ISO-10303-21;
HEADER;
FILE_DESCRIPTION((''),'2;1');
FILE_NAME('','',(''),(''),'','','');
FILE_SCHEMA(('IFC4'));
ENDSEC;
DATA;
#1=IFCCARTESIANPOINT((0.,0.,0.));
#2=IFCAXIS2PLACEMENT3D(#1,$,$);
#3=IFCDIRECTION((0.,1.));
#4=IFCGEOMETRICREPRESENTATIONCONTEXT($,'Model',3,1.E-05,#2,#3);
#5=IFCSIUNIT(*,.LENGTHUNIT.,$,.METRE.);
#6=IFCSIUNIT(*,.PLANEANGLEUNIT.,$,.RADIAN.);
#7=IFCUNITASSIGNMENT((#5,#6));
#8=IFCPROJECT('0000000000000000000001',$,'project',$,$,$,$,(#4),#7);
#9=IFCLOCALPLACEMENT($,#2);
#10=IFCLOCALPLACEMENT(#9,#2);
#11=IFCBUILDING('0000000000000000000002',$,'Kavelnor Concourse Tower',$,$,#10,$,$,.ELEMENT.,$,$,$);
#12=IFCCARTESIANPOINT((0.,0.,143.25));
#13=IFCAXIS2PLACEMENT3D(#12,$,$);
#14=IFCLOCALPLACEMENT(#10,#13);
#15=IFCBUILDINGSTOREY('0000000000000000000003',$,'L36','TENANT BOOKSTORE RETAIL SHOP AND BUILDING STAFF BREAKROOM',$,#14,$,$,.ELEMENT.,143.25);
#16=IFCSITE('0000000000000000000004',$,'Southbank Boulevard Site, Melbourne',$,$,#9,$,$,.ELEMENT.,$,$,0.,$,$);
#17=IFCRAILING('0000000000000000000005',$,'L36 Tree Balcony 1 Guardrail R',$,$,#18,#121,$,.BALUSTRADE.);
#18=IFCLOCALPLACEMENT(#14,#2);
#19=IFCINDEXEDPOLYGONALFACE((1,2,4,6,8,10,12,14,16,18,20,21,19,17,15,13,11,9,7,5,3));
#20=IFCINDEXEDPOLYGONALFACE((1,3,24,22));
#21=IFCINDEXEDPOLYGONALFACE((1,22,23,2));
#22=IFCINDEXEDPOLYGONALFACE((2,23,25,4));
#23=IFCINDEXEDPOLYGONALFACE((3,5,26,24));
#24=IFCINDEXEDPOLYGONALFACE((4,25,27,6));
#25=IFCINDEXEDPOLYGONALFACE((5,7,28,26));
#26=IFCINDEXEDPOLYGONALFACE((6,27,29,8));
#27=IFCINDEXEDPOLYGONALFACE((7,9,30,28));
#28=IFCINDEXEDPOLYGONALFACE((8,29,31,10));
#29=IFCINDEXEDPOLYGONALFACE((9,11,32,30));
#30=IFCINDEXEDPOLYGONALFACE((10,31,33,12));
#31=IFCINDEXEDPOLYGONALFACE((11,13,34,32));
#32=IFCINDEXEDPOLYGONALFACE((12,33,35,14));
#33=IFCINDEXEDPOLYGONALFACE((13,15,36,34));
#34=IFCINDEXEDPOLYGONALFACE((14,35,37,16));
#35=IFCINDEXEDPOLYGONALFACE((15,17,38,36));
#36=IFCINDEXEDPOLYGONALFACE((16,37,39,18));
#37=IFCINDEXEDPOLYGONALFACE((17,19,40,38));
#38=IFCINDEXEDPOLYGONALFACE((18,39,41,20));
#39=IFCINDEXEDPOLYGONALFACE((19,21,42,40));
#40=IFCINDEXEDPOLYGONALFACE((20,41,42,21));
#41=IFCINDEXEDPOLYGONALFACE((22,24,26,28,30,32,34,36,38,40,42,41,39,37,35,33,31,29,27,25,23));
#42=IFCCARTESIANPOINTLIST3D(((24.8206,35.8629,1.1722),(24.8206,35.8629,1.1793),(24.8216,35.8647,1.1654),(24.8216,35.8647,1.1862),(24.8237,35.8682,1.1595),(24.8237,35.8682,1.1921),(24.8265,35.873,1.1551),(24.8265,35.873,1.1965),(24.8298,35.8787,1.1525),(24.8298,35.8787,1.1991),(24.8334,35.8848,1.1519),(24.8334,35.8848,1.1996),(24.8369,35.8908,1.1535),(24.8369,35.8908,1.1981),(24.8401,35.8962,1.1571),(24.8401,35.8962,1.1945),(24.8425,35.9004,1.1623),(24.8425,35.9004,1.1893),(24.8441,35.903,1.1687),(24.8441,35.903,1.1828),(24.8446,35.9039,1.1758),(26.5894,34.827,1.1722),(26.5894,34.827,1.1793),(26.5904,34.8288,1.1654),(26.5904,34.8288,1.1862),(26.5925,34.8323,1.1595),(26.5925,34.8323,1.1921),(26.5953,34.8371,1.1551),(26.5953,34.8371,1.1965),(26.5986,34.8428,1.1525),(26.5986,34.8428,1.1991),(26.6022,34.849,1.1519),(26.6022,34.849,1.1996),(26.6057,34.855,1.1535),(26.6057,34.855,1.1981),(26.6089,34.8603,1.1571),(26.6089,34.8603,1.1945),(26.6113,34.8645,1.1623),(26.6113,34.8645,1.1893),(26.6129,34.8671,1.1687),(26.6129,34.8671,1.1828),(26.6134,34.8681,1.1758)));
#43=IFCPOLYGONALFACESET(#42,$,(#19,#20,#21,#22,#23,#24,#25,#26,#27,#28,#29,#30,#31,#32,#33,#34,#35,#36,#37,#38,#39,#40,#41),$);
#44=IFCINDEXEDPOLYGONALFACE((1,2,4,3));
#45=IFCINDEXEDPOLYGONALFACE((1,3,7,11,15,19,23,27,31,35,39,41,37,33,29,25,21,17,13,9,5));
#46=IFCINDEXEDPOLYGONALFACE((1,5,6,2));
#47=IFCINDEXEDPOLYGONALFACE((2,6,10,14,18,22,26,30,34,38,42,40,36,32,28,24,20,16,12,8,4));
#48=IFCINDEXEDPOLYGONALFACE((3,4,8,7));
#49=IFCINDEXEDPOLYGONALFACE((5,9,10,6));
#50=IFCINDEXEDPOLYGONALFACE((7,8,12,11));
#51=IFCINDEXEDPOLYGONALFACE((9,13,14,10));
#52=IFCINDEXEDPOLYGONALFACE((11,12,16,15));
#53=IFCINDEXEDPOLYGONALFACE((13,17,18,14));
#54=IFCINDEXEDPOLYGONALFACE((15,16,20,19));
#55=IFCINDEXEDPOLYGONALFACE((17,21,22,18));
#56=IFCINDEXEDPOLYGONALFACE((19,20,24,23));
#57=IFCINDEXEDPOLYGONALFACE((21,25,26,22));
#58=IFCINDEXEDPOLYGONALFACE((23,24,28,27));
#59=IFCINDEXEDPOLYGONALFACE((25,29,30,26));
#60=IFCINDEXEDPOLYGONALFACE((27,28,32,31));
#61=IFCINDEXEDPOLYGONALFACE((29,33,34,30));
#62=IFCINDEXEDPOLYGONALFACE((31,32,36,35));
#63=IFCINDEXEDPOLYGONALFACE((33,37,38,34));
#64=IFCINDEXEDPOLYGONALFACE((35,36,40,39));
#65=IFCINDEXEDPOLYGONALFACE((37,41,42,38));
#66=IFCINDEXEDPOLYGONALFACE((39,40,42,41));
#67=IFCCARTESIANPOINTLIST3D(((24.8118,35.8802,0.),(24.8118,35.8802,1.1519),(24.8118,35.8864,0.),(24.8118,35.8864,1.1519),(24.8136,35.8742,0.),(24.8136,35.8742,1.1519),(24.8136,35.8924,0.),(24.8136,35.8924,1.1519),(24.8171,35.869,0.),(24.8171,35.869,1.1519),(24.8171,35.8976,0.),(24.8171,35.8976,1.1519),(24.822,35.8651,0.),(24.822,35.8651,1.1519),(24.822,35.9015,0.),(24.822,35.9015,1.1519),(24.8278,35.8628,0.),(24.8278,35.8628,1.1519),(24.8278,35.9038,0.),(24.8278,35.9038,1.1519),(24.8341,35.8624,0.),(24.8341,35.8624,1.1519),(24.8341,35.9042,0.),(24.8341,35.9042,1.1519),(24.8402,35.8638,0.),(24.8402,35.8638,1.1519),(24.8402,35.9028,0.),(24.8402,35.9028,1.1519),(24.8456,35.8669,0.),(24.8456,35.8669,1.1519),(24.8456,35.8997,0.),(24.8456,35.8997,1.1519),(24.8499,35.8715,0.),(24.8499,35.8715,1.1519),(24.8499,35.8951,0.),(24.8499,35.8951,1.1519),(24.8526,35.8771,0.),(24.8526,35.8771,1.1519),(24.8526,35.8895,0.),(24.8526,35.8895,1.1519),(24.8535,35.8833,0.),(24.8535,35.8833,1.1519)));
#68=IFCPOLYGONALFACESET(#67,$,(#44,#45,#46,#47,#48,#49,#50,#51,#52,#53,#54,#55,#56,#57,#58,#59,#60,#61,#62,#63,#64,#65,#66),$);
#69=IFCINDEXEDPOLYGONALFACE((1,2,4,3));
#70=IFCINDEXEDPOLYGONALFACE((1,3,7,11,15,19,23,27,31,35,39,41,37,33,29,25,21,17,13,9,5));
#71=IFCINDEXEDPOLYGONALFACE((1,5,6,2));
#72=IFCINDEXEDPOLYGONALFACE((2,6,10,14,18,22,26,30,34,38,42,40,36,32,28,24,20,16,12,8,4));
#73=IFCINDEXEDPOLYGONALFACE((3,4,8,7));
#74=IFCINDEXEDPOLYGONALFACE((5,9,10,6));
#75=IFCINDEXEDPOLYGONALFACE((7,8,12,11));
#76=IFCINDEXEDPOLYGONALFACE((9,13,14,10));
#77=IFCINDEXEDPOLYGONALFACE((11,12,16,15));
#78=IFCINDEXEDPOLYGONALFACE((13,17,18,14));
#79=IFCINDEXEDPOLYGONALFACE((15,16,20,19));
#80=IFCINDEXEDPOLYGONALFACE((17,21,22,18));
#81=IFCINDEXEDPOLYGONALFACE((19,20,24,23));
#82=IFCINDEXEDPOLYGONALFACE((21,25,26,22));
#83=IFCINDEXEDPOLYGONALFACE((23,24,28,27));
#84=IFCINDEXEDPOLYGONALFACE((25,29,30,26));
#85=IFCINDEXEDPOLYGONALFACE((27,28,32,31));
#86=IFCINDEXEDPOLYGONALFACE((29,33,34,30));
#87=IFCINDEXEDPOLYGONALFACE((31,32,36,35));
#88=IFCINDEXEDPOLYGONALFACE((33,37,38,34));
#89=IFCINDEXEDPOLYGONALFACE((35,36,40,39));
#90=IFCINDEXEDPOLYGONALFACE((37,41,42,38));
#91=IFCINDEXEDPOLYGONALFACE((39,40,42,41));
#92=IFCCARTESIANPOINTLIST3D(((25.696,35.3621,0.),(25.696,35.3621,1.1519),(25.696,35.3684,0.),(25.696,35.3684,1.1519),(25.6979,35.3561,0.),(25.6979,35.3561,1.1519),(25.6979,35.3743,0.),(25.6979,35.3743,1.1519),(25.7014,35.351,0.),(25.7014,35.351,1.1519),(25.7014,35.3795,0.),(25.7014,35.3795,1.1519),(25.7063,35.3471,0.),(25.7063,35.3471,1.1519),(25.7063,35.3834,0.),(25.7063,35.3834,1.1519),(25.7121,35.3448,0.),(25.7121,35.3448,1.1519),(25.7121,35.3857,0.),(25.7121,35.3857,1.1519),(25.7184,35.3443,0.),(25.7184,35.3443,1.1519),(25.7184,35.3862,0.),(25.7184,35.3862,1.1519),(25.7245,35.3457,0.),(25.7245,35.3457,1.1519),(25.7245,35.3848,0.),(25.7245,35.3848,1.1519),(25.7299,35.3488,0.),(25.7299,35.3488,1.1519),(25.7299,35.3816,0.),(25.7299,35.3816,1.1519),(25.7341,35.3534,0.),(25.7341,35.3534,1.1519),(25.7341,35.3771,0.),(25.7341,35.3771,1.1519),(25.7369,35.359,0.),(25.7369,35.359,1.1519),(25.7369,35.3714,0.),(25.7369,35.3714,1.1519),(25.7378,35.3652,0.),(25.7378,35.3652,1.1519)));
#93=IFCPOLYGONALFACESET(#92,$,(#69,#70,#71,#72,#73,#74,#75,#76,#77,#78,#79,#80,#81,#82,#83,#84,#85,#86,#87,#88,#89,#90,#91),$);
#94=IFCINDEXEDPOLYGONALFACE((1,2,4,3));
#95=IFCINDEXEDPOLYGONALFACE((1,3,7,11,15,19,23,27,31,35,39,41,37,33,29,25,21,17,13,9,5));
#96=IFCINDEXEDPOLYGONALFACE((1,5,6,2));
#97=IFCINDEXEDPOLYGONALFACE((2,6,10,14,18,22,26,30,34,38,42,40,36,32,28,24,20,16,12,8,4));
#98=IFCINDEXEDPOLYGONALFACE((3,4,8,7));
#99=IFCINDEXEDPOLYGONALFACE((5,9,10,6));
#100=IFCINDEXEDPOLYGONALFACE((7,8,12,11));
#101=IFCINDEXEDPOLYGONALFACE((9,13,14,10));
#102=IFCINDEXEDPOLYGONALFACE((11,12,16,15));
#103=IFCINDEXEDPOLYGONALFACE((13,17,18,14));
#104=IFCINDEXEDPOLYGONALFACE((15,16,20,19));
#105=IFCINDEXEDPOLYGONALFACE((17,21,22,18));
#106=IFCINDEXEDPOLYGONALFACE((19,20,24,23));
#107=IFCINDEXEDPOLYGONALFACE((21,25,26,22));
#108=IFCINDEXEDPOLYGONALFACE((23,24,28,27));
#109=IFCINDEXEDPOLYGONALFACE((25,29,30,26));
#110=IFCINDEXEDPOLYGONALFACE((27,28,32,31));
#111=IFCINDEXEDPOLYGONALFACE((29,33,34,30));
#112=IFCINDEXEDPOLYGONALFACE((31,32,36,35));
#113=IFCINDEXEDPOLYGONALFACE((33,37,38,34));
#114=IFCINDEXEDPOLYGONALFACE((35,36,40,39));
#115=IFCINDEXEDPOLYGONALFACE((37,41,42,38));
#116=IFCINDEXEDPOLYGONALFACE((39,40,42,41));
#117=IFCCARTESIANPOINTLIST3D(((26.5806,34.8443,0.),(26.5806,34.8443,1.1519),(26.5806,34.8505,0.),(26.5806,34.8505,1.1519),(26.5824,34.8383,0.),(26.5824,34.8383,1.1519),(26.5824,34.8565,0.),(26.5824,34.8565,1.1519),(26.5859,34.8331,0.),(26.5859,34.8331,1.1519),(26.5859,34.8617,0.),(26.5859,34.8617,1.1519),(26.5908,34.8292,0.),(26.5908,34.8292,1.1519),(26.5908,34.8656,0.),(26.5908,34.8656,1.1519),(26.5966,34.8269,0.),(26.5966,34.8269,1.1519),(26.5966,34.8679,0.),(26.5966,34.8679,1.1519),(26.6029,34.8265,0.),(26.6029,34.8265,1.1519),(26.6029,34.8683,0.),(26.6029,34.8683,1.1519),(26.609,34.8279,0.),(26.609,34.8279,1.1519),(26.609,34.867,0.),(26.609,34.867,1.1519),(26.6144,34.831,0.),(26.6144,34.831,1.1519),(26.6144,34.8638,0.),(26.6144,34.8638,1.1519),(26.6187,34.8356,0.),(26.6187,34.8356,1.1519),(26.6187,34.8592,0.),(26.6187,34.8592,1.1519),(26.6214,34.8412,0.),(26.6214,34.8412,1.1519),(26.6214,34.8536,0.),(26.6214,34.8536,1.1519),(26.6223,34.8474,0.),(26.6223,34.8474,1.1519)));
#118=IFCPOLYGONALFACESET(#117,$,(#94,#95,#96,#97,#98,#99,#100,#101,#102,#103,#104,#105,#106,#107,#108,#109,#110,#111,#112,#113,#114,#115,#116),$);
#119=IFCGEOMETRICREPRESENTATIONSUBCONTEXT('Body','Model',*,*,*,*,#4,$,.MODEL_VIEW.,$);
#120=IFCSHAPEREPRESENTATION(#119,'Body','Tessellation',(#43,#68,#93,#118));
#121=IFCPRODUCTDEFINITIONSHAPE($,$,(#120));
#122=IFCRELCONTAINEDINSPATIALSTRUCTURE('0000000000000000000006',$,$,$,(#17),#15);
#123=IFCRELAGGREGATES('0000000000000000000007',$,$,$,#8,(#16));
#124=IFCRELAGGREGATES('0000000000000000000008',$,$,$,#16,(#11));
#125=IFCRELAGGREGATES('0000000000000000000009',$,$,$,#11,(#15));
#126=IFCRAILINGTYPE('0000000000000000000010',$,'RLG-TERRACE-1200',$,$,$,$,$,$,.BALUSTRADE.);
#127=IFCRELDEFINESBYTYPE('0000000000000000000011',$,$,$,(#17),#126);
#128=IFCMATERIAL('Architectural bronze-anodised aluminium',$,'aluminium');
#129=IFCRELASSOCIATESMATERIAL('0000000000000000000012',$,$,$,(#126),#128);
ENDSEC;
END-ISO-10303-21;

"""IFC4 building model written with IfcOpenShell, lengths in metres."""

from ifc_helpers import new_model, si_unit, direction, frame, origin, origin_2d, place, context, subcontext, project, spatial, circle, extrude, material, type_object, element, save


model = new_model("IFC4")

# Units and contexts
model_context = context("Model", 3, precision=1e-05, world=origin(), true_north=direction((0.0, 1.0)))
body_context = subcontext(model_context, "Body", "Model", "MODEL_VIEW")
ifc_project = project(units=[si_unit("LENGTHUNIT", "METRE"), si_unit("PLANEANGLEUNIT", "RADIAN")], contexts=[model_context])

# Site, building, storey
site_placement = place(None, origin())
site = spatial("IfcSite", under=ifc_project, at=site_placement, Name="Southbank Boulevard Site, Melbourne", CompositionType="ELEMENT", RefElevation=0.0)
building_placement = place(site_placement, origin())
building = spatial("IfcBuilding", under=site, at=building_placement, Name="Kavelnor Concourse Tower", CompositionType="ELEMENT")
storey_placement = place(building_placement, frame((0.0, 0.0, 143.25)))
storey = spatial("IfcBuildingStorey", under=building, at=storey_placement, Name="L36", Description="TENANT BOOKSTORE RETAIL SHOP AND BUILDING STAFF BREAKROOM", CompositionType="ELEMENT", Elevation=143.25)

# Railing
ifc_material_1 = material(Name="Architectural bronze-anodised aluminium", Category="aluminium")
railing_type = type_object("IfcRailingType", Name="RLG-TERRACE-1200", PredefinedType="BALUSTRADE", material=ifc_material_1)
railing_1_placement = place(storey_placement, frame((24.8325, 35.8833, 0.0)))
element("IfcRailing", 1, at=railing_1_placement, inside=storey, type_object=railing_type, Name="L36 Tree Balcony 1 Guardrail R", PredefinedType="BALUSTRADE", context=body_context, shape_type="SweptSolid", body=[
    extrude(circle(Radius=0.0239, at=origin_2d()), frame((0.0, 0.0, 1.1758), z_axis=(0.862909, -0.505359, 0.0), x_axis=(0.505359, 0.862909, 0.0)), (0.0, 0.0, 1.0), 2.0498),
    extrude(circle(Radius=0.021, at=origin_2d()), origin(), (0.0, 0.0, 1.0), 1.1519),
    extrude(circle(Radius=0.021, at=origin_2d()), frame((0.8843, -0.5181, 0.0)), (0.0, 0.0, 1.0), 1.1519),
    extrude(circle(Radius=0.021, at=origin_2d()), frame((1.7688, -1.0359, 0.0)), (0.0, 0.0, 1.0), 1.1519),
])

save(model, "model.ifc")
